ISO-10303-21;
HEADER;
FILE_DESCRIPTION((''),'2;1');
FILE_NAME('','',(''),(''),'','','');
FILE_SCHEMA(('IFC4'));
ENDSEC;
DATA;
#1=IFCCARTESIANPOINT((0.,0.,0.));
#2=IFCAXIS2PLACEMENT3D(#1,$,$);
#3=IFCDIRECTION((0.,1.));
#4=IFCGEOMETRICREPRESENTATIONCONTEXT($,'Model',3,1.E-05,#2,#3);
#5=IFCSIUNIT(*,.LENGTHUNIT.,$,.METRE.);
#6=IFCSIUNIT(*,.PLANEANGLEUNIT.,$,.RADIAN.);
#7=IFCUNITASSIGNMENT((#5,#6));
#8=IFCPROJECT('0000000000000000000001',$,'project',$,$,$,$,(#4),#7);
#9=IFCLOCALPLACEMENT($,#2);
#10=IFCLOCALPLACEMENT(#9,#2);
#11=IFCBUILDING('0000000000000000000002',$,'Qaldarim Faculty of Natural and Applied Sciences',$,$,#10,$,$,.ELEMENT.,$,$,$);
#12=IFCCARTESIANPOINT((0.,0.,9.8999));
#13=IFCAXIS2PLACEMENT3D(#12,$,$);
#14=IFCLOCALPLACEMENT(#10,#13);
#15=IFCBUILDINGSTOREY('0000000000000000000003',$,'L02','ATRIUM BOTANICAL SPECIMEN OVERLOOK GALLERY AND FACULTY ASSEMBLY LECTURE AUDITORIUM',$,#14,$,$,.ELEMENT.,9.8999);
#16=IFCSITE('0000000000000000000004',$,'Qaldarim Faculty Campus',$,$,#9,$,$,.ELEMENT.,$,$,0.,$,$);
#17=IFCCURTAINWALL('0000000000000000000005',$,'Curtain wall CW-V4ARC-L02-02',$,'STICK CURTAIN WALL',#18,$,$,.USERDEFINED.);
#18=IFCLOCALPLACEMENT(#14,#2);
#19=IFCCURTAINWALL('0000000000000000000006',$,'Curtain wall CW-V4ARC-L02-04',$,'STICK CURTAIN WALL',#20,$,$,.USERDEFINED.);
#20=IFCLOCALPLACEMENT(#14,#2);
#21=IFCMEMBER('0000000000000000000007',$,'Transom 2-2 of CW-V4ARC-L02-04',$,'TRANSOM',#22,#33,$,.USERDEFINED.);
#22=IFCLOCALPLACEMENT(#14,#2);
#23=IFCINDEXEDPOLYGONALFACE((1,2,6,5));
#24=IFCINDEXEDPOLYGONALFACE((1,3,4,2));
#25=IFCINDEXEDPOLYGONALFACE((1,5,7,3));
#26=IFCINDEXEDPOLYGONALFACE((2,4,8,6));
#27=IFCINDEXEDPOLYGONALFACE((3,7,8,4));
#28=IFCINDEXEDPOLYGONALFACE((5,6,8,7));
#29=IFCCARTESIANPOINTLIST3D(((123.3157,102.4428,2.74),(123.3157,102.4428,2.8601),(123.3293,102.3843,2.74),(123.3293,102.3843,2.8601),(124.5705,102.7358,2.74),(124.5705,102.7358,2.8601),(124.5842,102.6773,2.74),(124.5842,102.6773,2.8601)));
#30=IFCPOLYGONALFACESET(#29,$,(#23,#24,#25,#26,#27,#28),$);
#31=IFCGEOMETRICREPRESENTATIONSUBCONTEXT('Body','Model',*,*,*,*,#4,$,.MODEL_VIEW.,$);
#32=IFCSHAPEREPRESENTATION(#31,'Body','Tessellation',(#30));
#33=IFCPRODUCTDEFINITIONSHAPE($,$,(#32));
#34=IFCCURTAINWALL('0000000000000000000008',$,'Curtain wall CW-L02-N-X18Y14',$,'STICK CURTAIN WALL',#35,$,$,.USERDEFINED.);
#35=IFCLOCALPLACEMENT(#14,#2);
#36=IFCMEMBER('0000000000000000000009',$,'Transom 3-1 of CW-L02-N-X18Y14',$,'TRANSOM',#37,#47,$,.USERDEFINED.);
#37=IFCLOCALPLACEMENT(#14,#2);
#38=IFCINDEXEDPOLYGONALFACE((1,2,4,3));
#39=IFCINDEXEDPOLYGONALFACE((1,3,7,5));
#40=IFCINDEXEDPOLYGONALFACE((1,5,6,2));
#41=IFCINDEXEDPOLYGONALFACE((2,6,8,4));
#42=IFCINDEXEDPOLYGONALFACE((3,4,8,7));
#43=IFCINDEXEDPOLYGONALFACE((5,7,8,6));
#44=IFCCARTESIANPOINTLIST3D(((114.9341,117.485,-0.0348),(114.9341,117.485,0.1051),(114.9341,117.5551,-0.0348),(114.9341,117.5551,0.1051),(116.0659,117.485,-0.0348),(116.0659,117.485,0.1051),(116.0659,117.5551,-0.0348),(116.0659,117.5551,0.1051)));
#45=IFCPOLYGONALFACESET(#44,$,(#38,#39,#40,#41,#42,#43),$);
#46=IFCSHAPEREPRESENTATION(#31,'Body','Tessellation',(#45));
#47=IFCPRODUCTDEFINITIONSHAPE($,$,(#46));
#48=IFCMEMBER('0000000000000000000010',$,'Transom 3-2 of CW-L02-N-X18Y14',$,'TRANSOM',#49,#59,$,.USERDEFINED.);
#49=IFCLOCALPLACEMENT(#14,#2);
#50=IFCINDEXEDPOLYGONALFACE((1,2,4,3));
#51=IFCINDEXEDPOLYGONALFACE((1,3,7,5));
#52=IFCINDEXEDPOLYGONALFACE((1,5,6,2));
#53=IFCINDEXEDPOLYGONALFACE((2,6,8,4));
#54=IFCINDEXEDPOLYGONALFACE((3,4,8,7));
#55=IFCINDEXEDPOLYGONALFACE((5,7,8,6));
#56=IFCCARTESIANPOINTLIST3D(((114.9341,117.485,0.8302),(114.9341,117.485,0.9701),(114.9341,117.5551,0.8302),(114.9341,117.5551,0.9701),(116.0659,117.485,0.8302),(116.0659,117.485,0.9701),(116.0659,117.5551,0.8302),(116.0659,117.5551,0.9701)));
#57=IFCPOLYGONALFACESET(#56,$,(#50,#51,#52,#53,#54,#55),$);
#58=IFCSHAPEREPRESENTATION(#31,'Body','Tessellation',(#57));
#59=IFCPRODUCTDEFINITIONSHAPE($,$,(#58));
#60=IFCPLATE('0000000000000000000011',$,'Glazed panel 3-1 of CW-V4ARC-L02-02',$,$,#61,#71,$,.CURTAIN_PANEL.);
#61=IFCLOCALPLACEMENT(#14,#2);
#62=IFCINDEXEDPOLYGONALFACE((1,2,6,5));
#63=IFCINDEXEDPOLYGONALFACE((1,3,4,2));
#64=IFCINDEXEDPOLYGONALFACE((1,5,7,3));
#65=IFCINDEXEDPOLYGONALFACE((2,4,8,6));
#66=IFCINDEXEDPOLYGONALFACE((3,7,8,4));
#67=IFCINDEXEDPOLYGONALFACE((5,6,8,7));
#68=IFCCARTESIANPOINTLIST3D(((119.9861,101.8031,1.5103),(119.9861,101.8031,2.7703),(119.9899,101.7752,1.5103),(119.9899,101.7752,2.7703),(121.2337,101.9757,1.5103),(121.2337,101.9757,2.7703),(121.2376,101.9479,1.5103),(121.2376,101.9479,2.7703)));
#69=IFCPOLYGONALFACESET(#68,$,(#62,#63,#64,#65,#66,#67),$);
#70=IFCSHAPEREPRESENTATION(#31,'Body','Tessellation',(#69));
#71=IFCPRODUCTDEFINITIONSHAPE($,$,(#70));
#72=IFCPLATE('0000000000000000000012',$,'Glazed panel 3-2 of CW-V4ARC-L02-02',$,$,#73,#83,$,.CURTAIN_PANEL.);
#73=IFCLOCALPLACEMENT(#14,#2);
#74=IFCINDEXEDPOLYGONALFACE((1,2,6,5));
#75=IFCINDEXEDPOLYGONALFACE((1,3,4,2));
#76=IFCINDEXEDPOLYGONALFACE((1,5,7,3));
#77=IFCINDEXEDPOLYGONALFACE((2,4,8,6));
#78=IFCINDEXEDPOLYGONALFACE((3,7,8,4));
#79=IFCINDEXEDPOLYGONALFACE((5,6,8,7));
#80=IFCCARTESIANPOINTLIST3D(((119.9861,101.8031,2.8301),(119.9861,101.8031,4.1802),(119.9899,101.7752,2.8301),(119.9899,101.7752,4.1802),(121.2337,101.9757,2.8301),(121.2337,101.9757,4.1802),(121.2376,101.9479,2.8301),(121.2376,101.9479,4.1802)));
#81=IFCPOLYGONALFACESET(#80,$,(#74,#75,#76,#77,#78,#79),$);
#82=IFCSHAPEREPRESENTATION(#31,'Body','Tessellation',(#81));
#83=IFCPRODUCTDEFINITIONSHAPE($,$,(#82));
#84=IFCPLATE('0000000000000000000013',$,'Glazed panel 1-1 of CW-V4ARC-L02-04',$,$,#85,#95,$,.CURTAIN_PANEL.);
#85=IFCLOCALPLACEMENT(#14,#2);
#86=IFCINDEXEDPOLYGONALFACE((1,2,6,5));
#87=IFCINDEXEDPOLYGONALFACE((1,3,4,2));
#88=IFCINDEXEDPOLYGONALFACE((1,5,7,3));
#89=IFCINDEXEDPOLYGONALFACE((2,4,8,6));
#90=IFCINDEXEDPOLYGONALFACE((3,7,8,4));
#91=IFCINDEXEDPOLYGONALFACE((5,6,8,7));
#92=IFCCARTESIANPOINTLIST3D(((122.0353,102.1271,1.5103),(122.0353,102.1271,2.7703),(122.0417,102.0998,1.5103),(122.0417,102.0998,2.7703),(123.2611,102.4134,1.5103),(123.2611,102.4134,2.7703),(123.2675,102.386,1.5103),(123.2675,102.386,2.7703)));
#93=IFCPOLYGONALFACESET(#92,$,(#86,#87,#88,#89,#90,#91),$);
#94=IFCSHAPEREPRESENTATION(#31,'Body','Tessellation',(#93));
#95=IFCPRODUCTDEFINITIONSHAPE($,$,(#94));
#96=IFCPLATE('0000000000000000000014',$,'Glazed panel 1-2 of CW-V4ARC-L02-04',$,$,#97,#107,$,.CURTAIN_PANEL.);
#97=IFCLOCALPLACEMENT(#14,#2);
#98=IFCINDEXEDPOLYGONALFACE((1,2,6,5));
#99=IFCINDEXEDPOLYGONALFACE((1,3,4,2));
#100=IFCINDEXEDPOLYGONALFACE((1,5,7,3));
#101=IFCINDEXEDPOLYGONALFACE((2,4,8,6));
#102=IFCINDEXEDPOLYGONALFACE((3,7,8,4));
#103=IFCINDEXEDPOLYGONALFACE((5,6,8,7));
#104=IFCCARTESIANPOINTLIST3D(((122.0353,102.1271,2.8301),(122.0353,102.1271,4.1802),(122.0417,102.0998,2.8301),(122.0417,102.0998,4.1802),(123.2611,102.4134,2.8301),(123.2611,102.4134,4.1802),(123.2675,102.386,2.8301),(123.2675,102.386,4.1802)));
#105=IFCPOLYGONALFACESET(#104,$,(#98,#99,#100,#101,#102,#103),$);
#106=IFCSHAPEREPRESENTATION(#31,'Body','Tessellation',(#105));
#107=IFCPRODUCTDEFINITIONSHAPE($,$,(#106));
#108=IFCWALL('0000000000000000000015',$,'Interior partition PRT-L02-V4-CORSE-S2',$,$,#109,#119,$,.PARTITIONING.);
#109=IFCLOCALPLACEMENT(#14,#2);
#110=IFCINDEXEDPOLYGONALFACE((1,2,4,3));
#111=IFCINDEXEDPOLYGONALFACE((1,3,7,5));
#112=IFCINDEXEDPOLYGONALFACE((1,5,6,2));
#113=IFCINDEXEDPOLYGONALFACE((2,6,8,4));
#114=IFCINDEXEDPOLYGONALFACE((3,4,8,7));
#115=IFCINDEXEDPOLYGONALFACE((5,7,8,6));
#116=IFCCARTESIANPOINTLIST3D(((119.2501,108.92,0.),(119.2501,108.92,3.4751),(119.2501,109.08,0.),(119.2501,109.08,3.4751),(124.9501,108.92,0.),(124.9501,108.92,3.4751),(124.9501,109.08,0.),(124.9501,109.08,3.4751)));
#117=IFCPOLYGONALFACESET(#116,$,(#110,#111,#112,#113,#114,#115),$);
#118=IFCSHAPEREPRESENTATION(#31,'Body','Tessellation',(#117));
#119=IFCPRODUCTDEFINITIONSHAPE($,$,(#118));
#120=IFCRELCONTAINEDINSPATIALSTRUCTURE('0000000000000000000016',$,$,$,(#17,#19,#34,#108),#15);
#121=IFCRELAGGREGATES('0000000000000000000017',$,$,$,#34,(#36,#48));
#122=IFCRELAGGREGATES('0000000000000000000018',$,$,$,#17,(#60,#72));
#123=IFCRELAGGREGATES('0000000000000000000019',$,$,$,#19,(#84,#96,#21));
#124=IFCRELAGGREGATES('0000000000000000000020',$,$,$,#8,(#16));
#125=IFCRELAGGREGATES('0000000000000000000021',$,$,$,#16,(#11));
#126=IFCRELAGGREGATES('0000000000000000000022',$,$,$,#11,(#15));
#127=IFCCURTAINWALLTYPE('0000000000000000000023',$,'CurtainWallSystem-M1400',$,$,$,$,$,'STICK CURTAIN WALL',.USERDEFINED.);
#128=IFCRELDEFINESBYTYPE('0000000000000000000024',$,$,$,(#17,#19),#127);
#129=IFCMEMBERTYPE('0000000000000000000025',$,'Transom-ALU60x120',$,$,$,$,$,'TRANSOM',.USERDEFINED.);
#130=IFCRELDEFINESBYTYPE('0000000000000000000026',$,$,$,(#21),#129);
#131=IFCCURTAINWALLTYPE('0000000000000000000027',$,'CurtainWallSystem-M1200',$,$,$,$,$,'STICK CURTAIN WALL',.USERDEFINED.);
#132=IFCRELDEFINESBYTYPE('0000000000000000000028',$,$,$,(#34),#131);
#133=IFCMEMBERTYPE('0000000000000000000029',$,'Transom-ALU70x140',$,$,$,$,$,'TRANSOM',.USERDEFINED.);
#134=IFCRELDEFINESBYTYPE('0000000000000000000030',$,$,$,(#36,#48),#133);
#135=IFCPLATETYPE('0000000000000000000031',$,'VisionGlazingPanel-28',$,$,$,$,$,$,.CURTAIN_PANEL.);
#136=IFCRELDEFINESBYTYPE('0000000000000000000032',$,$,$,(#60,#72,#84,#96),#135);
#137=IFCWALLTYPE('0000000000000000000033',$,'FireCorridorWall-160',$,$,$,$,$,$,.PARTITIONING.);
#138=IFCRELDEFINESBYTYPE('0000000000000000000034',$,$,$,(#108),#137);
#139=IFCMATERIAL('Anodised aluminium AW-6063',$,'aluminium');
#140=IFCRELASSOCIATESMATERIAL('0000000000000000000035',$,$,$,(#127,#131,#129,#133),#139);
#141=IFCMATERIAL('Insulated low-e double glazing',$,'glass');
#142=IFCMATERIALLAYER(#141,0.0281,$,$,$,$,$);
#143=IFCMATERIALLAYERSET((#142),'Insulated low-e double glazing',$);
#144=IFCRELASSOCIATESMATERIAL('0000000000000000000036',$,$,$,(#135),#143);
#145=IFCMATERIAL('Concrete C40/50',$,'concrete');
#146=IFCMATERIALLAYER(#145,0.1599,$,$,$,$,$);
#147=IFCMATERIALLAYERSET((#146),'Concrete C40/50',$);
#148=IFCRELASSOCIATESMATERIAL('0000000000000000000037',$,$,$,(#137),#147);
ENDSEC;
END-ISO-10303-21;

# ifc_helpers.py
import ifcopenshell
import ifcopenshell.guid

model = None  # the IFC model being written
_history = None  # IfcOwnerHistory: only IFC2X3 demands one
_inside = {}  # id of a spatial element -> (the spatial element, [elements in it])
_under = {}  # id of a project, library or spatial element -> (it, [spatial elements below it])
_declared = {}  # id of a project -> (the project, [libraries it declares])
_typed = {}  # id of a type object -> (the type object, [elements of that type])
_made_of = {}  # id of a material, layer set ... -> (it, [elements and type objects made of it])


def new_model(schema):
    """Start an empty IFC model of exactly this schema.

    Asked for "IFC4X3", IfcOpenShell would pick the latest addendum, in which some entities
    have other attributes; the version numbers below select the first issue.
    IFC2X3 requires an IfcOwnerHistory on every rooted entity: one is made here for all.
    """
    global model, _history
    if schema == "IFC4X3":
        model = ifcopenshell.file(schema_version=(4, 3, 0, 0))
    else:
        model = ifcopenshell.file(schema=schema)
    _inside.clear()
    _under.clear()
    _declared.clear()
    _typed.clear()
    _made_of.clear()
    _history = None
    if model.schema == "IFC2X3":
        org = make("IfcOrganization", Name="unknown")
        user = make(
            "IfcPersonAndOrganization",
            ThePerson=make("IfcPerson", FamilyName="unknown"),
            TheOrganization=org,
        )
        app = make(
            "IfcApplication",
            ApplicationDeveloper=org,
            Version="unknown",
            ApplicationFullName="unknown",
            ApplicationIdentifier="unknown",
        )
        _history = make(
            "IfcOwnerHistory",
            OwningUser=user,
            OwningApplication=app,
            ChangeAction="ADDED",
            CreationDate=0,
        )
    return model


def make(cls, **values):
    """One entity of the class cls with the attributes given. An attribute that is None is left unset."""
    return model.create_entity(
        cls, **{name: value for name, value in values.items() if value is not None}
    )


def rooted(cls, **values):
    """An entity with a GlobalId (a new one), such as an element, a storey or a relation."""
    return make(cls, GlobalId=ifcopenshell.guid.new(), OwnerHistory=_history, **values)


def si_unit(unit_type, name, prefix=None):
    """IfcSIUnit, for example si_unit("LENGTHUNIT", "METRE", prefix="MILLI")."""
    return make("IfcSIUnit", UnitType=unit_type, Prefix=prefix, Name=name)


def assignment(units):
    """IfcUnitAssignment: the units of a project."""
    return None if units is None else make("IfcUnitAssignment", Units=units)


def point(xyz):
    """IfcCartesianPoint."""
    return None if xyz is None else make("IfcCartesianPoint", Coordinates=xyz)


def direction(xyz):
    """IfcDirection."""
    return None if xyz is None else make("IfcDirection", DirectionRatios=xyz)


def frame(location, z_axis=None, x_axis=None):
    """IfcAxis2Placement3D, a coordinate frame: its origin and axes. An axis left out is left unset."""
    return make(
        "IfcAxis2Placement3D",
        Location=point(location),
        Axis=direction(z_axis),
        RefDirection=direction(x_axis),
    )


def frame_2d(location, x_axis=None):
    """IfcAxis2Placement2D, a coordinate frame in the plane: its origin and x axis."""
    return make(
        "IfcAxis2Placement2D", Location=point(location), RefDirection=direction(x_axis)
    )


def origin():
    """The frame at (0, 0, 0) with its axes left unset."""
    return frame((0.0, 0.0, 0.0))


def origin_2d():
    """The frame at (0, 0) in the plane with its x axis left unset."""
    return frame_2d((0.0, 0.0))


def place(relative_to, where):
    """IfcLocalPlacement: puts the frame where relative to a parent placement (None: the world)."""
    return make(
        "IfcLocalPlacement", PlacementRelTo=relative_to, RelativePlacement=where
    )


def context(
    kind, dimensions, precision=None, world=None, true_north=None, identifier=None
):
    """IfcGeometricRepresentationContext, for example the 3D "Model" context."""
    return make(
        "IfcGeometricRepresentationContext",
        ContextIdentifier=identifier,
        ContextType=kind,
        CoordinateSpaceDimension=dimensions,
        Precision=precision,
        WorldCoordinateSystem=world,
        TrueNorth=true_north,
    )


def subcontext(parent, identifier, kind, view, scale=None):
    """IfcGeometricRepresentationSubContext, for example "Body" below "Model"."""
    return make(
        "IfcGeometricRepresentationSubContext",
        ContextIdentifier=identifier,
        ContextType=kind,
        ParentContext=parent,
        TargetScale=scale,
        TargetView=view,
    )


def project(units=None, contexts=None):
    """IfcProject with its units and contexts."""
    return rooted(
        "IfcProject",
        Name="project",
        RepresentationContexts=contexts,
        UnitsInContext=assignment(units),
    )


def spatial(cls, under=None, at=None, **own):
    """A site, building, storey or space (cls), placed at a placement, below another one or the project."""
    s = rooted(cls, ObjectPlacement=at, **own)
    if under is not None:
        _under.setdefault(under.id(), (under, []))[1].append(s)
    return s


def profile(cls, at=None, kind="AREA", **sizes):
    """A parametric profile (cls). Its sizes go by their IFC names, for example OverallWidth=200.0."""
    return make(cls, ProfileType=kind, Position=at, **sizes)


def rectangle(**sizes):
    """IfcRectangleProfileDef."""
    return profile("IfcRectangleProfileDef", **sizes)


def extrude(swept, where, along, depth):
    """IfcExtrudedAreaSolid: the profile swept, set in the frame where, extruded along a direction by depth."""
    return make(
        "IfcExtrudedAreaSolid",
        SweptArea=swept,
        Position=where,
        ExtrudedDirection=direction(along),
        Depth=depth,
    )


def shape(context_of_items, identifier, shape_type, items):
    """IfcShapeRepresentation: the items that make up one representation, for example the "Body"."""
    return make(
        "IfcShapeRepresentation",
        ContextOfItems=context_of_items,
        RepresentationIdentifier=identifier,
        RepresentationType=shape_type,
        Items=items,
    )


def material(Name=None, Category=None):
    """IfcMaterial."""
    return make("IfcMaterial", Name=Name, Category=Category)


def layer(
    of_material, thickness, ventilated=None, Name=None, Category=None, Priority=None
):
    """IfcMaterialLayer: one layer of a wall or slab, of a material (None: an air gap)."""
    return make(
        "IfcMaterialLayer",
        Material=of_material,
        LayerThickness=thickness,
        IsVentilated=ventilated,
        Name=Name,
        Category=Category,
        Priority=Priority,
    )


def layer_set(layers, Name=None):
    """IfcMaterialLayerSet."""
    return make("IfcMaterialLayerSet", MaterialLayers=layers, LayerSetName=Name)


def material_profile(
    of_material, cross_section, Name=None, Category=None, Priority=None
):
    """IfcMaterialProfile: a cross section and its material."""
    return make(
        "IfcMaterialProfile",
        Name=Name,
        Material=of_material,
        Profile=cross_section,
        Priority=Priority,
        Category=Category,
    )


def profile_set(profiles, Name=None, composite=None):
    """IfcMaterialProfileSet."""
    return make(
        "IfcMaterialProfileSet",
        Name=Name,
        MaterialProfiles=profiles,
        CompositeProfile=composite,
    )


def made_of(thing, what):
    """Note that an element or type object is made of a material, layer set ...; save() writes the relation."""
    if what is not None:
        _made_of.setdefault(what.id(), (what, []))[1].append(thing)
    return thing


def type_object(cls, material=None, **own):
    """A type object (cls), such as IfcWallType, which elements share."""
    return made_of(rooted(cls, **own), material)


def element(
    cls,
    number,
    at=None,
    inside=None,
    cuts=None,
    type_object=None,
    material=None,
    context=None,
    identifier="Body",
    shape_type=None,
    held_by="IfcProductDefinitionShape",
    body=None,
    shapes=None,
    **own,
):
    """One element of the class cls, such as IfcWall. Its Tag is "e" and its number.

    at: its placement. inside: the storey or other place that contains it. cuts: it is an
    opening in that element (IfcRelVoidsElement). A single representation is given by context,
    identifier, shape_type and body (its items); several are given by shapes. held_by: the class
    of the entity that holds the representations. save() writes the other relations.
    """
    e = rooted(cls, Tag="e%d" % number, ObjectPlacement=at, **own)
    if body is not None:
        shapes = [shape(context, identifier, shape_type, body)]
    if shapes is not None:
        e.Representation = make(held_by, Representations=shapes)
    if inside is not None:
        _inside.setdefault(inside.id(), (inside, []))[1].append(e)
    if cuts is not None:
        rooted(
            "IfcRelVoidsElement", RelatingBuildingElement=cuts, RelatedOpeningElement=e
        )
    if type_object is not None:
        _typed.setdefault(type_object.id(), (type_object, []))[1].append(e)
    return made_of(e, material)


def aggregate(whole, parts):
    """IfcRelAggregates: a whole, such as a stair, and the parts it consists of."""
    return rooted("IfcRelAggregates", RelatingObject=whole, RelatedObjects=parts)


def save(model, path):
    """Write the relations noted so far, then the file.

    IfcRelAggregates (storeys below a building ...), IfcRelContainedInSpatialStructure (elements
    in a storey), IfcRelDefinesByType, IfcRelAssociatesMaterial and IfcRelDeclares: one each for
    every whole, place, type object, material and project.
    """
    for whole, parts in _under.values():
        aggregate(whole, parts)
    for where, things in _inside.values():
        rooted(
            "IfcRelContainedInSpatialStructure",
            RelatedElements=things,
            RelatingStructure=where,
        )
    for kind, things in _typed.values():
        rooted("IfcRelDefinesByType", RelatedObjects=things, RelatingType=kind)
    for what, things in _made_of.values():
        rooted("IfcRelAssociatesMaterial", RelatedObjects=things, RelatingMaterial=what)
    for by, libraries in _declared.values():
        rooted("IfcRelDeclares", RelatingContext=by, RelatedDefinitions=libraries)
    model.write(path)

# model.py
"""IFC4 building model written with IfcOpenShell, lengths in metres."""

from ifc_helpers import new_model, si_unit, direction, frame, frame_2d, origin, origin_2d, place, context, subcontext, project, spatial, rectangle, extrude, material, layer, layer_set, material_profile, profile_set, type_object, element, aggregate, save


model = new_model("IFC4")

# Units and contexts
model_context = context("Model", 3, precision=1e-05, world=origin(), true_north=direction((0.0, 1.0)))
body_context = subcontext(model_context, "Body", "Model", "MODEL_VIEW")
ifc_project = project(units=[si_unit("LENGTHUNIT", "METRE"), si_unit("PLANEANGLEUNIT", "RADIAN")], contexts=[model_context])

# Site, building, storey
site_placement = place(None, origin())
site = spatial("IfcSite", under=ifc_project, at=site_placement, Name="Qaldarim Faculty Campus", CompositionType="ELEMENT", RefElevation=0.0)
building_placement = place(site_placement, origin())
building = spatial("IfcBuilding", under=site, at=building_placement, Name="Qaldarim Faculty of Natural and Applied Sciences", CompositionType="ELEMENT")
storey_placement = place(building_placement, frame((0.0, 0.0, 9.8999)))
storey = spatial("IfcBuildingStorey", under=building, at=storey_placement, Name="L02", Description="ATRIUM BOTANICAL SPECIMEN OVERLOOK GALLERY AND FACULTY ASSEMBLY LECTURE AUDITORIUM", CompositionType="ELEMENT", Elevation=9.8999)

# Shared definitions
ifc_material_1 = material(Name="Concrete C40/50", Category="concrete")

# Curtain wall
ifc_material_2 = material(Name="Anodised aluminium AW-6063", Category="aluminium")
curtain_wall_type_1 = type_object("IfcCurtainWallType", Name="CurtainWallSystem-M1400", ElementType="STICK CURTAIN WALL", PredefinedType="USERDEFINED", material=ifc_material_2)
curtain_wall_1_placement = place(storey_placement, origin())
curtain_wall_1 = element("IfcCurtainWall", 1, at=curtain_wall_1_placement, inside=storey, type_object=curtain_wall_type_1, Name="Curtain wall CW-V4ARC-L02-02", ObjectType="STICK CURTAIN WALL", PredefinedType="USERDEFINED")

# Curtain wall
curtain_wall_2_placement = place(storey_placement, origin())
curtain_wall_2 = element("IfcCurtainWall", 2, at=curtain_wall_2_placement, inside=storey, type_object=curtain_wall_type_1, Name="Curtain wall CW-V4ARC-L02-04", ObjectType="STICK CURTAIN WALL", PredefinedType="USERDEFINED")

# Member
ifc_material_profile_1 = material_profile(ifc_material_2, rectangle(XDim=0.0601, YDim=0.1201, at=origin_2d()), Name="ALU-T60x120")
ifc_profile_set_1 = profile_set([ifc_material_profile_1], Name="Anodised aluminium AW-6063")
member_type_1 = type_object("IfcMemberType", Name="Transom-ALU60x120", ElementType="TRANSOM", PredefinedType="USERDEFINED", material=ifc_profile_set_1)
member_1_placement = place(storey_placement, frame((123.3225, 102.4136, 2.8), z_axis=(0.973813, 0.227349, 0.0), x_axis=(-0.227349, 0.973813, 0.0)))
member_1 = element("IfcMember", 3, at=member_1_placement, type_object=member_type_1, Name="Transom 2-2 of CW-V4ARC-L02-04", ObjectType="TRANSOM", PredefinedType="USERDEFINED", context=body_context, shape_type="SweptSolid", body=[
    extrude(rectangle(XDim=0.0601, YDim=0.1201, at=origin_2d()), origin(), (0.0, 0.0, 1.0), 1.2886),
])

# Curtain wall, members
curtain_wall_type_2 = type_object("IfcCurtainWallType", Name="CurtainWallSystem-M1200", ElementType="STICK CURTAIN WALL", PredefinedType="USERDEFINED", material=ifc_material_2)
curtain_wall_3_placement = place(storey_placement, origin())
curtain_wall_3 = element("IfcCurtainWall", 4, at=curtain_wall_3_placement, inside=storey, type_object=curtain_wall_type_2, Name="Curtain wall CW-L02-N-X18Y14", ObjectType="STICK CURTAIN WALL", PredefinedType="USERDEFINED")
ifc_material_profile_2 = material_profile(ifc_material_2, rectangle(XDim=0.0701, YDim=0.1399, at=origin_2d()), Name="ALU-T70x140")
ifc_profile_set_2 = profile_set([ifc_material_profile_2], Name="Anodised aluminium AW-6063")
member_type_2 = type_object("IfcMemberType", Name="Transom-ALU70x140", ElementType="TRANSOM", PredefinedType="USERDEFINED", material=ifc_profile_set_2)
member_2_placement = place(storey_placement, frame((116.0659, 117.52, 0.0352), z_axis=(-1.0, 0.0, 0.0), x_axis=(0.0, -1.0, 0.0)))
member_2 = element("IfcMember", 5, at=member_2_placement, type_object=member_type_2, Name="Transom 3-1 of CW-L02-N-X18Y14", ObjectType="TRANSOM", PredefinedType="USERDEFINED", context=body_context, shape_type="SweptSolid", body=[
    extrude(rectangle(XDim=0.0701, YDim=0.1399, at=origin_2d()), origin(), (0.0, 0.0, 1.0), 1.1318),
])
member_3_placement = place(storey_placement, frame((116.0659, 117.52, 0.9001), z_axis=(-1.0, 0.0, 0.0), x_axis=(0.0, -1.0, 0.0)))
member_3 = element("IfcMember", 6, at=member_3_placement, type_object=member_type_2, Name="Transom 3-2 of CW-L02-N-X18Y14", ObjectType="TRANSOM", PredefinedType="USERDEFINED", context=body_context, shape_type="SweptSolid", body=[
    extrude(rectangle(XDim=0.0701, YDim=0.1399, at=origin_2d()), origin(), (0.0, 0.0, 1.0), 1.1318),
])
aggregate(curtain_wall_3, [member_2, member_3])

# Plates
ifc_material_3 = material(Name="Insulated low-e double glazing", Category="glass")
ifc_layer_1 = layer(ifc_material_3, 0.0281)
ifc_layer_set_1 = layer_set([ifc_layer_1], Name="Insulated low-e double glazing")
plate_type = type_object("IfcPlateType", Name="VisionGlazingPanel-28", PredefinedType="CURTAIN_PANEL", material=ifc_layer_set_1)
plate_1_placement = place(storey_placement, frame((120.6118, 101.8755, 1.5103), z_axis=(0.0, 0.0, 1.0), x_axis=(0.990557, 0.137099, 0.0)))
plate_1 = element("IfcPlate", 7, at=plate_1_placement, type_object=plate_type, Name="Glazed panel 3-1 of CW-V4ARC-L02-02", PredefinedType="CURTAIN_PANEL", context=body_context, shape_type="SweptSolid", body=[
    extrude(rectangle(XDim=1.2595, YDim=0.0281, at=origin_2d()), origin(), (0.0, 0.0, 1.0), 1.26),
])
plate_2_placement = place(storey_placement, frame((120.6118, 101.8755, 2.8301), z_axis=(0.0, 0.0, 1.0), x_axis=(0.990557, 0.137099, 0.0)))
plate_2 = element("IfcPlate", 8, at=plate_2_placement, type_object=plate_type, Name="Glazed panel 3-2 of CW-V4ARC-L02-02", PredefinedType="CURTAIN_PANEL", context=body_context, shape_type="SweptSolid", body=[
    extrude(rectangle(XDim=1.2595, YDim=0.0281, at=origin_2d()), origin(), (0.0, 0.0, 1.0), 1.3501),
])
aggregate(curtain_wall_1, [plate_1, plate_2])
plate_3_placement = place(storey_placement, frame((122.6514, 102.2566, 1.5103), z_axis=(0.0, 0.0, 1.0), x_axis=(0.973806, 0.227382, 0.0)))
plate_3 = element("IfcPlate", 9, at=plate_3_placement, type_object=plate_type, Name="Glazed panel 1-1 of CW-V4ARC-L02-04", PredefinedType="CURTAIN_PANEL", context=body_context, shape_type="SweptSolid", body=[
    extrude(rectangle(XDim=1.2588, YDim=0.0281, at=origin_2d()), origin(), (0.0, 0.0, 1.0), 1.26),
])
plate_4_placement = place(storey_placement, frame((122.6514, 102.2566, 2.8301), z_axis=(0.0, 0.0, 1.0), x_axis=(0.973806, 0.227382, 0.0)))
plate_4 = element("IfcPlate", 10, at=plate_4_placement, type_object=plate_type, Name="Glazed panel 1-2 of CW-V4ARC-L02-04", PredefinedType="CURTAIN_PANEL", context=body_context, shape_type="SweptSolid", body=[
    extrude(rectangle(XDim=1.2588, YDim=0.0281, at=origin_2d()), origin(), (0.0, 0.0, 1.0), 1.3501),
])
aggregate(curtain_wall_2, [plate_3, plate_4, member_1])

# Wall
ifc_layer_2 = layer(ifc_material_1, 0.1599)
ifc_layer_set_2 = layer_set([ifc_layer_2], Name="Concrete C40/50")
wall_type = type_object("IfcWallType", Name="FireCorridorWall-160", PredefinedType="PARTITIONING", material=ifc_layer_set_2)
wall_placement = place(storey_placement, frame((119.25, 109.0, 0.0), z_axis=(0.0, 0.0, 1.0), x_axis=(1.0, 0.0, 0.0)))
element("IfcWall", 11, at=wall_placement, inside=storey, type_object=wall_type, Name="Interior partition PRT-L02-V4-CORSE-S2", PredefinedType="PARTITIONING", context=body_context, shape_type="SweptSolid", body=[
    extrude(rectangle(XDim=5.7, YDim=0.1599, at=frame_2d((2.8501, 0.0))), origin(), (0.0, 0.0, 1.0), 3.4751),
])

save(model, "model.ifc")
